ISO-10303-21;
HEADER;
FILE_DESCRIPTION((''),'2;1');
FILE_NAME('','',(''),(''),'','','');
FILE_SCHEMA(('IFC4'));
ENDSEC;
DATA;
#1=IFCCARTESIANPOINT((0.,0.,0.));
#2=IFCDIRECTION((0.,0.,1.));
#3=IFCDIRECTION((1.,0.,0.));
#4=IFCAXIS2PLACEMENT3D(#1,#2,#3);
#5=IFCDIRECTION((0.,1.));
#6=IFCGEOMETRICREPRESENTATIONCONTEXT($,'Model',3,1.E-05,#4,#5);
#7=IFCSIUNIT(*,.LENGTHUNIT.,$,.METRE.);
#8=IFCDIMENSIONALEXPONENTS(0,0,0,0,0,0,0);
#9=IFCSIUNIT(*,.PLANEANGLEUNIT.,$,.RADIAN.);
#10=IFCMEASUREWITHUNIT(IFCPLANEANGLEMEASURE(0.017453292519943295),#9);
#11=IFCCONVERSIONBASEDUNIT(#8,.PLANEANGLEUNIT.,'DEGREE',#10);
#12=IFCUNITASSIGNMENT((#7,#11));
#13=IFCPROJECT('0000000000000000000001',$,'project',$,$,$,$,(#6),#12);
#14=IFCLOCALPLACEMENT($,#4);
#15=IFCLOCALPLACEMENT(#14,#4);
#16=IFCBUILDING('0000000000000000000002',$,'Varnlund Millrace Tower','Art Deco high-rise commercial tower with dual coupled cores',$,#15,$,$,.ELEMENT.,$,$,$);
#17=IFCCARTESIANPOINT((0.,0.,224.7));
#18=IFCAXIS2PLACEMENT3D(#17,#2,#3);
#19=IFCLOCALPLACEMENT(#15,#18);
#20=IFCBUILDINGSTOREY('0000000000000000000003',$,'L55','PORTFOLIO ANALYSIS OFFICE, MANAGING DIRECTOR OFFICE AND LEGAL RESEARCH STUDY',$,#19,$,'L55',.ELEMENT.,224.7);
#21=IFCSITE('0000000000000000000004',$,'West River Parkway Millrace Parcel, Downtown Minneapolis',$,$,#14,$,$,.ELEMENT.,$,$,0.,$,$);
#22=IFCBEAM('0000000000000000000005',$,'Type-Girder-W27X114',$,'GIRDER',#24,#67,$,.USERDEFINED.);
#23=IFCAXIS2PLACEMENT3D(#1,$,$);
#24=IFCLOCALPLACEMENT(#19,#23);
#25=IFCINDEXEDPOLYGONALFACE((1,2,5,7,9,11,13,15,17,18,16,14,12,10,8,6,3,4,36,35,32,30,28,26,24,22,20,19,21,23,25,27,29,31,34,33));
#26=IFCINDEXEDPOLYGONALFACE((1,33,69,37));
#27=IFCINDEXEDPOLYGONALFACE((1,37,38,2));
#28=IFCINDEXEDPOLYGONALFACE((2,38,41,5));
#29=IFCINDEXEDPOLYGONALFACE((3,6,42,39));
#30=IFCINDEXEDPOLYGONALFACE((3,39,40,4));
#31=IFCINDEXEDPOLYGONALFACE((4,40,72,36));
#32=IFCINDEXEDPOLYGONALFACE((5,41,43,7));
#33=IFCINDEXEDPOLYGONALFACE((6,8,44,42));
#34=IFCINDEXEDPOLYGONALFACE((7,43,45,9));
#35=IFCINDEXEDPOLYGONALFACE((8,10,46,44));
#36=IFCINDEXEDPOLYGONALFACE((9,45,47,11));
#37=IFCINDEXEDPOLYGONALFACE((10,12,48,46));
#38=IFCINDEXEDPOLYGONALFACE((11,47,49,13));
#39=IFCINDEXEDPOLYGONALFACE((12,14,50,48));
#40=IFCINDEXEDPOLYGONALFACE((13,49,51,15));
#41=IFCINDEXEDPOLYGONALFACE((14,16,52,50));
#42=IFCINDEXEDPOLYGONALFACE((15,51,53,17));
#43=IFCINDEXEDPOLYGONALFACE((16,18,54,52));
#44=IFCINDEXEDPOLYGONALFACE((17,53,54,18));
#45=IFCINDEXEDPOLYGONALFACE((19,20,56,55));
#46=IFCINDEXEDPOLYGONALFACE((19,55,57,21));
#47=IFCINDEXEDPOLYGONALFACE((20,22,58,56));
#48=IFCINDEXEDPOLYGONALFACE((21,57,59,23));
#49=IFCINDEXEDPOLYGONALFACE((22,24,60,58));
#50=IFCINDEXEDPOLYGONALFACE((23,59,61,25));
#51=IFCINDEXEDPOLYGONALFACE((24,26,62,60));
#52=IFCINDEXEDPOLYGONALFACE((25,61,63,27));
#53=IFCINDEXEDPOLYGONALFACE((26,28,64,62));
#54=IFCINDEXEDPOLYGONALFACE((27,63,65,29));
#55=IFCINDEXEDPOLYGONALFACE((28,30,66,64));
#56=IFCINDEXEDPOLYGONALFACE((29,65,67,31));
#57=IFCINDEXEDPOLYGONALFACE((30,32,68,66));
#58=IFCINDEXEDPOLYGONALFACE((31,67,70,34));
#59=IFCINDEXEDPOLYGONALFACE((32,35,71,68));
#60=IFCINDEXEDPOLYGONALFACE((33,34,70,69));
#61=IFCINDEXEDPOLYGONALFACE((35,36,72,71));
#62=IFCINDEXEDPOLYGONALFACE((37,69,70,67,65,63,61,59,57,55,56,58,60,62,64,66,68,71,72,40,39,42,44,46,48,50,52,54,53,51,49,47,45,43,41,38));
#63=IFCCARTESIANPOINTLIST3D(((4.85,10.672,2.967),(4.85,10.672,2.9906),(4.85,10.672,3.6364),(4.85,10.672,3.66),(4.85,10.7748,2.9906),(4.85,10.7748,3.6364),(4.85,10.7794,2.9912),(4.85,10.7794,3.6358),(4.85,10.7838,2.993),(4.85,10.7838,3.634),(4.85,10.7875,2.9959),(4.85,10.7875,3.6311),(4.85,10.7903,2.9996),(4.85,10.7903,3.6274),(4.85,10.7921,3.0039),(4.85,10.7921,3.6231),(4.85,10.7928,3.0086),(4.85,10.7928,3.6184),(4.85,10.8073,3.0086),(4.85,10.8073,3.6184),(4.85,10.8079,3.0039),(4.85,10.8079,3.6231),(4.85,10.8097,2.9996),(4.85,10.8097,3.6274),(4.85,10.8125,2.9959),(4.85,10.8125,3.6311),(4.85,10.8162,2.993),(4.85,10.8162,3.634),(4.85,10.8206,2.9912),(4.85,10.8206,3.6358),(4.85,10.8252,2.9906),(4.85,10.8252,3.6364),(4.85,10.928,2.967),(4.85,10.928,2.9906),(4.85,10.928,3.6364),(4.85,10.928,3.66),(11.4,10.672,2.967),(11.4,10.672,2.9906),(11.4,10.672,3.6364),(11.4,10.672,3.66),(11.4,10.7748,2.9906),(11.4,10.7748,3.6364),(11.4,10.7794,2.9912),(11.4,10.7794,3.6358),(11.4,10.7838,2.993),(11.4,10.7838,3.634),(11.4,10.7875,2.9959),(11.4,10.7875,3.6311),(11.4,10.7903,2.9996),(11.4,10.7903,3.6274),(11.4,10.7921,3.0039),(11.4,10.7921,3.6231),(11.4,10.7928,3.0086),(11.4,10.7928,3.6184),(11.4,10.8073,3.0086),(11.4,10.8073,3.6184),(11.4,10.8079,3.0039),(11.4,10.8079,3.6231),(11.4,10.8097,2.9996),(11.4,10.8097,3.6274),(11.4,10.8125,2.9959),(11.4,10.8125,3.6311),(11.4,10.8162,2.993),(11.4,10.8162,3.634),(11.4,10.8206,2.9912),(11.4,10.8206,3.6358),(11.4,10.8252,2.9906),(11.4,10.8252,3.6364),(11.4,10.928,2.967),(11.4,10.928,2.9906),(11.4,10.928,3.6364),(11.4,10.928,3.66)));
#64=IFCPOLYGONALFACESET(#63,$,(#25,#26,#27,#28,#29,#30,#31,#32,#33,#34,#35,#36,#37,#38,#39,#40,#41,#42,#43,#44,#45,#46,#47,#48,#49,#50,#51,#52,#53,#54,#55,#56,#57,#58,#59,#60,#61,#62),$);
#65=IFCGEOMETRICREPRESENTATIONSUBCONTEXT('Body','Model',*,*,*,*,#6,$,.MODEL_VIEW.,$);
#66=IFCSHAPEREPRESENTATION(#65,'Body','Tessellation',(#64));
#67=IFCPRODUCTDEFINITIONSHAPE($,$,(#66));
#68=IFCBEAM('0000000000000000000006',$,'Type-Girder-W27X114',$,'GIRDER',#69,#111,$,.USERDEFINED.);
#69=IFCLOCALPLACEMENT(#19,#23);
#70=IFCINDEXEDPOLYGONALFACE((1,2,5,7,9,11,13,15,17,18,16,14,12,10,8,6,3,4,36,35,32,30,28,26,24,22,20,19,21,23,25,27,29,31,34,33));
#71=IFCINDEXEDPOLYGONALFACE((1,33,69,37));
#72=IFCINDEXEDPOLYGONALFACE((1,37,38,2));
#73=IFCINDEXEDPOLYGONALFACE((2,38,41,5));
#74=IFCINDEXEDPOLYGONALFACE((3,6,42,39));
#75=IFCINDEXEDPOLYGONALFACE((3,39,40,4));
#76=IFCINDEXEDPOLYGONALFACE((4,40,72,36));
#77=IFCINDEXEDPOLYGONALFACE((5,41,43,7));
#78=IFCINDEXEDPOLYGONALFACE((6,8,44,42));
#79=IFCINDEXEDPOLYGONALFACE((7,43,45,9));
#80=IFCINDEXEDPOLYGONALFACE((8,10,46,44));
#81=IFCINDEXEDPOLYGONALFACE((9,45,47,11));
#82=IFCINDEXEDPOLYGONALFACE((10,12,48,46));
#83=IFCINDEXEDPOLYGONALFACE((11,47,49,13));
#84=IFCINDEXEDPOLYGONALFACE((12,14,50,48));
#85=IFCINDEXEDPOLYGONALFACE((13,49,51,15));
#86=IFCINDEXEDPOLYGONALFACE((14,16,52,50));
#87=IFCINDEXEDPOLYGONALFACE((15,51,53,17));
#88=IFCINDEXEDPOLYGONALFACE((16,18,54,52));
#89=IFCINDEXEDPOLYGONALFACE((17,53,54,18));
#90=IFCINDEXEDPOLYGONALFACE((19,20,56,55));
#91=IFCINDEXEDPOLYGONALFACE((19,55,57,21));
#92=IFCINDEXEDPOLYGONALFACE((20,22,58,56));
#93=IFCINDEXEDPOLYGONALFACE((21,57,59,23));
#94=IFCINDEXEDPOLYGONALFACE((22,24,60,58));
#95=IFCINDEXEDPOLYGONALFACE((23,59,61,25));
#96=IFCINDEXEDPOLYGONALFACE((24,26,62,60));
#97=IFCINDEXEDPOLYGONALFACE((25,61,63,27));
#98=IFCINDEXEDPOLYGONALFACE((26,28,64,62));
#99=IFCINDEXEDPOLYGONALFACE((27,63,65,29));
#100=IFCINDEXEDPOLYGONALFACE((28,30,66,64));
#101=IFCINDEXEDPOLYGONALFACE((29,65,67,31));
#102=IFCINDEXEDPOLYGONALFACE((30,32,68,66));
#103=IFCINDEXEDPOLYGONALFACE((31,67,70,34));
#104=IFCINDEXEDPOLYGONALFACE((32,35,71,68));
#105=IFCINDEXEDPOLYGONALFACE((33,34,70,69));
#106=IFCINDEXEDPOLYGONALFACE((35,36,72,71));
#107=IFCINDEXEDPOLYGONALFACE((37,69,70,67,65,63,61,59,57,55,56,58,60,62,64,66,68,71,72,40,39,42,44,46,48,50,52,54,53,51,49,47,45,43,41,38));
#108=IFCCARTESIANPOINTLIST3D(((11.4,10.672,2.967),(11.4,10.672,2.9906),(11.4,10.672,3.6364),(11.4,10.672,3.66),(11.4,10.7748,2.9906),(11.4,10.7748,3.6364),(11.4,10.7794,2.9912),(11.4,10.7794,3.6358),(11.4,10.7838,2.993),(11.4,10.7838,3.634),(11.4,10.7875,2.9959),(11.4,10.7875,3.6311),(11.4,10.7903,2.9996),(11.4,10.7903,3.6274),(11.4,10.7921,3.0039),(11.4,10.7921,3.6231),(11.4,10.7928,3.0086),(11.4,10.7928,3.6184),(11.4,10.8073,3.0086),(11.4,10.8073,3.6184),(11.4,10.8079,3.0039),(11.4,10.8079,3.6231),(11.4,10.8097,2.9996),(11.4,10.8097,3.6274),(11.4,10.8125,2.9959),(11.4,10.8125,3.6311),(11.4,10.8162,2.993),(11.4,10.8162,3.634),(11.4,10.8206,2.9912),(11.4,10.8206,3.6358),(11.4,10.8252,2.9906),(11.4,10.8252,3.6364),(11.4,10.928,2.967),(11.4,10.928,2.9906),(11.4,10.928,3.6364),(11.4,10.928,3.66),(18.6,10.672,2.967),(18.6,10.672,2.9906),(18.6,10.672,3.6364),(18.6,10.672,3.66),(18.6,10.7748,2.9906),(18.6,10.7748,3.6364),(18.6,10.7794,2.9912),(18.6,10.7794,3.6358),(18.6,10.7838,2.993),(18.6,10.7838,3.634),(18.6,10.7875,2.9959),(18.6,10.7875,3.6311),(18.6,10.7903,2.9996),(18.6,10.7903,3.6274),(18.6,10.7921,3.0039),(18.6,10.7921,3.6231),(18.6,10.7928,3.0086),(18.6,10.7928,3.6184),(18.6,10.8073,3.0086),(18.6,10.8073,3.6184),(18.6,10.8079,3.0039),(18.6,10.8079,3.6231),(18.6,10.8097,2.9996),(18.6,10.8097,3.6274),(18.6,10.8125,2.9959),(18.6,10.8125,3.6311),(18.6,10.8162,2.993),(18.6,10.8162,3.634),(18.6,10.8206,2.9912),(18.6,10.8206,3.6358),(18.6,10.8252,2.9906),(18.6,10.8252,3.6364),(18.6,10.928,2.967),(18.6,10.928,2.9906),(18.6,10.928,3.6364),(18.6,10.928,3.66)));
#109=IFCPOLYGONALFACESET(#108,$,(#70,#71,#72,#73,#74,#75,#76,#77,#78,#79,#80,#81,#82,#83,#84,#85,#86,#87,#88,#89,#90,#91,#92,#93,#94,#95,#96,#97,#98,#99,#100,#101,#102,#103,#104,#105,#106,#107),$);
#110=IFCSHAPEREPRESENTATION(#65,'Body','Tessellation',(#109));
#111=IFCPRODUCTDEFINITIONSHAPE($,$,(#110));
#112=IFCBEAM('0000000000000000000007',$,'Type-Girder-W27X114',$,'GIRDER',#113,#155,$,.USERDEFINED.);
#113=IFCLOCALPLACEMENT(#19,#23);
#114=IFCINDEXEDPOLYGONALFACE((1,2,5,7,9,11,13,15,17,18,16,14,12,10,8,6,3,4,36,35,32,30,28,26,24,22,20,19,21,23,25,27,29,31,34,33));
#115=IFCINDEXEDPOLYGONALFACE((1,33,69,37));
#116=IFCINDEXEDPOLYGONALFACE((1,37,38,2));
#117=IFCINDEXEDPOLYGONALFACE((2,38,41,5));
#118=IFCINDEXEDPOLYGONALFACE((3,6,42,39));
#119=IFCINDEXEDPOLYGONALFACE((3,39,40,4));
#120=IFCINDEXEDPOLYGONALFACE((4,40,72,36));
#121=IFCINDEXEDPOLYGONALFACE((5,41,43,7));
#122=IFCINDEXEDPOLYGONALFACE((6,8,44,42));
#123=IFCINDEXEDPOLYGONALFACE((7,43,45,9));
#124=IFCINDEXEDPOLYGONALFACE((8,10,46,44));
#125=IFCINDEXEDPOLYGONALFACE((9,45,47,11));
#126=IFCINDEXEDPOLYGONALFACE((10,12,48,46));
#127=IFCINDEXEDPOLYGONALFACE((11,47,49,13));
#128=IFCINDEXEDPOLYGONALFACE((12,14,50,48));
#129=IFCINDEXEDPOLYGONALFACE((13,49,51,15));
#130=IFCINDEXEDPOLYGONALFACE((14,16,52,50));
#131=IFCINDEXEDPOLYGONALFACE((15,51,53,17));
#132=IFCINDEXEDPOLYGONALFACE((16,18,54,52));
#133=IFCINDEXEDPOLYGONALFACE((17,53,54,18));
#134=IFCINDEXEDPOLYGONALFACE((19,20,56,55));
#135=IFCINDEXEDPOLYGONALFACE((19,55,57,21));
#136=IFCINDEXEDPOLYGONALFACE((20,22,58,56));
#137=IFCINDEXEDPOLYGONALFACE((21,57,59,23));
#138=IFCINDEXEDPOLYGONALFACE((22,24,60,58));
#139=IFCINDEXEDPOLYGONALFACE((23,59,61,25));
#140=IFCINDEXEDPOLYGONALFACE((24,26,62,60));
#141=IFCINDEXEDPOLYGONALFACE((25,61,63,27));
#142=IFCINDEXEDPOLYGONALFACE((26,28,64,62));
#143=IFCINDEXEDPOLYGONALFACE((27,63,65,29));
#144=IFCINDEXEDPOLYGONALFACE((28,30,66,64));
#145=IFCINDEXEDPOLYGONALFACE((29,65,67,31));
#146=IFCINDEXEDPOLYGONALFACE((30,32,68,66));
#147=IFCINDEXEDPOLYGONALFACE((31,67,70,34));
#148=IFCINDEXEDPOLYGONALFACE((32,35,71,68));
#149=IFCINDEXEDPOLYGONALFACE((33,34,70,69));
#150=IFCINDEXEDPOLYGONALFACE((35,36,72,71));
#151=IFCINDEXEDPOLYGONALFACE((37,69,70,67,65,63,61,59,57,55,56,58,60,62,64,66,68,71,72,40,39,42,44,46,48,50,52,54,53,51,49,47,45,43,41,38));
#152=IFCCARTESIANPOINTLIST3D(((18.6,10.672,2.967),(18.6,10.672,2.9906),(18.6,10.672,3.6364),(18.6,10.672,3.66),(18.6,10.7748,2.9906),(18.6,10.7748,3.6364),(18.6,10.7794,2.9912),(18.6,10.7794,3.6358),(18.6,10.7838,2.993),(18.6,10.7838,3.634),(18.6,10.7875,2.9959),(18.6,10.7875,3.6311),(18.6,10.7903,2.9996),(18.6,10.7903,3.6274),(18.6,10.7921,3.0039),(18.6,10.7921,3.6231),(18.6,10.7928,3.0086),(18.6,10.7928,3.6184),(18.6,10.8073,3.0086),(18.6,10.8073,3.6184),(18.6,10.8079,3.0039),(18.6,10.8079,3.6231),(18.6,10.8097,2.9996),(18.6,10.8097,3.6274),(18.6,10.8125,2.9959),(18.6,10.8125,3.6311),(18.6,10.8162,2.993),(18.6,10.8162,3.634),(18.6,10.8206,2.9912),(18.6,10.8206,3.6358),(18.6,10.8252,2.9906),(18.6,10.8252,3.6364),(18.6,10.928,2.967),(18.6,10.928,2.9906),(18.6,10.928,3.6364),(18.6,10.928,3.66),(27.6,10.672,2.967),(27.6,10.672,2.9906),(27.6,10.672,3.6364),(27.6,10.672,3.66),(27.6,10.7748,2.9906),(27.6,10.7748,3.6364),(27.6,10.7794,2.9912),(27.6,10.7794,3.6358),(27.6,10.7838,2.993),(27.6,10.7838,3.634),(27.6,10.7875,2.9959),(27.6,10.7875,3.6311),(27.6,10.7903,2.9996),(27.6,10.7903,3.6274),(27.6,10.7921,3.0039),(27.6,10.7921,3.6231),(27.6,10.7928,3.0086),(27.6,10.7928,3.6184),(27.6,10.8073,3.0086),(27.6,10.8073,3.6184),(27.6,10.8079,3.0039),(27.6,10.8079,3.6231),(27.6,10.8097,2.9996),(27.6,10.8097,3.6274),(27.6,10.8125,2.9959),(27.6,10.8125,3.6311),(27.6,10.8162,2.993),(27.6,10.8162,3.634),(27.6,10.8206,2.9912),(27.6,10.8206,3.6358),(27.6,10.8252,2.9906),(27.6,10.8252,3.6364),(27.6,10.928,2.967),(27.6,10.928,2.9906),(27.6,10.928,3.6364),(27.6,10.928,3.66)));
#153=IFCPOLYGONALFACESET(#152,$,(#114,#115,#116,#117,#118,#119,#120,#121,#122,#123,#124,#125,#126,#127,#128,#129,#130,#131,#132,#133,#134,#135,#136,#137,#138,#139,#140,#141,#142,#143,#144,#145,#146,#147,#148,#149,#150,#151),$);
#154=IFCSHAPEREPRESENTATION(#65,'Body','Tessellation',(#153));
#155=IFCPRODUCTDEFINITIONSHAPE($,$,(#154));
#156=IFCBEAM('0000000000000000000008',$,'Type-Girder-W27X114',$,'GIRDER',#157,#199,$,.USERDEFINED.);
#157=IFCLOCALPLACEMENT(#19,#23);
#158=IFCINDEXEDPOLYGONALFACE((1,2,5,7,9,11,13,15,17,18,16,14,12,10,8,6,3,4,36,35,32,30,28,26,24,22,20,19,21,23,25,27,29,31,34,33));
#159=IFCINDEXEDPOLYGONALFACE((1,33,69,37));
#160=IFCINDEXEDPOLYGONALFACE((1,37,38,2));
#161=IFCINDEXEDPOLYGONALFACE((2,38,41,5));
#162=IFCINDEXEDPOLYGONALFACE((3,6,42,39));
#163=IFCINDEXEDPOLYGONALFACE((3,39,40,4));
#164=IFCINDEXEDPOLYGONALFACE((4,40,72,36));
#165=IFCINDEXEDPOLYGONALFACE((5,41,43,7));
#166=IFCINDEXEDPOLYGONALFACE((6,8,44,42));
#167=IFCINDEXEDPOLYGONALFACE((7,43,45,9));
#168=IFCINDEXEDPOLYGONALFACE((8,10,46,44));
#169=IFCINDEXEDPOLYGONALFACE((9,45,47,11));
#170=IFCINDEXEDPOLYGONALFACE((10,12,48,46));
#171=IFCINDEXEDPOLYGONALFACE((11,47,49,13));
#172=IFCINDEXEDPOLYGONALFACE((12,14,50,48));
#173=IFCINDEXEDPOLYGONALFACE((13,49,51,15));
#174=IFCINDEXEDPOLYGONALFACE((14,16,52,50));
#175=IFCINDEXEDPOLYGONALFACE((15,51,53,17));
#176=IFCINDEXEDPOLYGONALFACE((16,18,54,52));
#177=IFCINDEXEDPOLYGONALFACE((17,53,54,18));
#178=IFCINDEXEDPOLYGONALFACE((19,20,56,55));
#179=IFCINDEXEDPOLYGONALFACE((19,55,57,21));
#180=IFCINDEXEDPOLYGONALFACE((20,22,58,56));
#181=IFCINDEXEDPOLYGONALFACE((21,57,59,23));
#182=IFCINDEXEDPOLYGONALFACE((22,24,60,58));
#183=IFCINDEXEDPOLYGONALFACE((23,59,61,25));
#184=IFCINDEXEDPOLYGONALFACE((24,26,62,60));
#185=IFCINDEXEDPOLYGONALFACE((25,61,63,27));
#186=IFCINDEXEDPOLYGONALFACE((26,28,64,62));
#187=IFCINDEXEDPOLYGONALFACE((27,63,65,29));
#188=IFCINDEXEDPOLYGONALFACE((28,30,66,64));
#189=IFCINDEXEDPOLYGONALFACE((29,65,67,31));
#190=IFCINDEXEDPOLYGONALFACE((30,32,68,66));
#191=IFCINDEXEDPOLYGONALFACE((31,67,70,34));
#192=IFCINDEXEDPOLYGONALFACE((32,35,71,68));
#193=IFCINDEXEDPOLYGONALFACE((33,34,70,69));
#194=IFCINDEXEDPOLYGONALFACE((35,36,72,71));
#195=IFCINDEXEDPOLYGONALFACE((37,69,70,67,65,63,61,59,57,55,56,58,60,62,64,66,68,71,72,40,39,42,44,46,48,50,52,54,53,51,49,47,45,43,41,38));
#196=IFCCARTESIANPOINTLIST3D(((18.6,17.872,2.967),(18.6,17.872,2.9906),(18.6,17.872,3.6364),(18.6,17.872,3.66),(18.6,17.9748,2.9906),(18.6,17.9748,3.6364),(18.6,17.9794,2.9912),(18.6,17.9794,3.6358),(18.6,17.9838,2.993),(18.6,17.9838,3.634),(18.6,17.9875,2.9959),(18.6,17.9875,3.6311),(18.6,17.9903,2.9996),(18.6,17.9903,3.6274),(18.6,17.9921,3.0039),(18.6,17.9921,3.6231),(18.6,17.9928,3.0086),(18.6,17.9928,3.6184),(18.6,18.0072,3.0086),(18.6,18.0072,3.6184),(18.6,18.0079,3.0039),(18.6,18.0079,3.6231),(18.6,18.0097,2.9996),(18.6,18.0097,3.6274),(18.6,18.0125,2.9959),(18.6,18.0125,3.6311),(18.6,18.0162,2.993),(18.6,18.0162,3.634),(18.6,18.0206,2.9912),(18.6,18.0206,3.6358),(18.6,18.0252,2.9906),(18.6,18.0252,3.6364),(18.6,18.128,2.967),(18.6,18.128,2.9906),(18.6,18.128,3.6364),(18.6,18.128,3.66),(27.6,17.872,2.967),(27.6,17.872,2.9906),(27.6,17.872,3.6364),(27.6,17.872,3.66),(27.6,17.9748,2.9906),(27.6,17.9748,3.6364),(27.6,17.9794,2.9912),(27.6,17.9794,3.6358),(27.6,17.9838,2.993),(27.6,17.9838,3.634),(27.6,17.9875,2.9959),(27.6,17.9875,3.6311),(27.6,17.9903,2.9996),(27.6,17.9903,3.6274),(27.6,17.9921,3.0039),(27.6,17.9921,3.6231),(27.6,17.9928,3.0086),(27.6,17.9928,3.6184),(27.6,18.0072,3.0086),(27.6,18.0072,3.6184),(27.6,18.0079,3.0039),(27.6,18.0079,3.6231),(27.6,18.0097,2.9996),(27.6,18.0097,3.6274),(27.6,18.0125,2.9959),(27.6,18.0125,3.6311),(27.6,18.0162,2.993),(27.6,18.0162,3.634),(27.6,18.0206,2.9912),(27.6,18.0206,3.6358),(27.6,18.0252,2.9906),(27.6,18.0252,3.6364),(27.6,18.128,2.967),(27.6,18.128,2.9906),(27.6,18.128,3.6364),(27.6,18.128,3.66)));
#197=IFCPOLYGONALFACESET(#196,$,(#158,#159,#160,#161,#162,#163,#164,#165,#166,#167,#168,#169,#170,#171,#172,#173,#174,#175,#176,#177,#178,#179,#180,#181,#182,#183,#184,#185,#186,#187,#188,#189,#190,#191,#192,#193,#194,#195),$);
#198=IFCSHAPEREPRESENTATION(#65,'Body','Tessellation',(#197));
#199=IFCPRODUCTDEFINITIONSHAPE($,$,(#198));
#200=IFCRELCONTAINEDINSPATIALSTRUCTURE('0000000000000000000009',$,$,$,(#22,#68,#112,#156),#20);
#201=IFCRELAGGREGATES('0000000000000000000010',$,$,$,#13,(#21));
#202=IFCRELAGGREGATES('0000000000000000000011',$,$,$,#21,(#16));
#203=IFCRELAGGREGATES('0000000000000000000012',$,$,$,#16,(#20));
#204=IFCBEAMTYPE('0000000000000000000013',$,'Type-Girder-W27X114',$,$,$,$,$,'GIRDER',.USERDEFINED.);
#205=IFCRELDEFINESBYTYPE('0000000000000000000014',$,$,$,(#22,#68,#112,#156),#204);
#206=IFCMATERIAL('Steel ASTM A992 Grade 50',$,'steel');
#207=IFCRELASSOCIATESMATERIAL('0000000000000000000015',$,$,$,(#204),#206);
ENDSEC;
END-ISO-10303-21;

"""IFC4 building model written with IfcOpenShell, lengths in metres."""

from ifc_helpers import new_model, entity, si_unit, converted_unit, direction, frame, origin_with_axes, origin_2d_with_axis, place, context, subcontext, project, spatial, i_section, extrude, material, material_profile, profile_set, type_object, element, save


model = new_model("IFC4")

# Units and contexts
model_context = context("Model", 3, precision=1e-05, world=origin_with_axes(), true_north=direction((0.0, 1.0)))
body_context = subcontext(model_context, "Body", "Model", "MODEL_VIEW")
ifc_project = project(units=[si_unit("LENGTHUNIT", "METRE"), converted_unit("PLANEANGLEUNIT", "DEGREE", entity("IfcPlaneAngleMeasure", 0.017453292519943295), si_unit("PLANEANGLEUNIT", "RADIAN"), dimensions=[0, 0, 0, 0, 0, 0, 0])], contexts=[model_context])

# Site, building, storey
site_placement = place(None, origin_with_axes())
site = spatial("IfcSite", under=ifc_project, at=site_placement, Name="West River Parkway Millrace Parcel, Downtown Minneapolis", CompositionType="ELEMENT", RefElevation=0.0)
building_placement = place(site_placement, origin_with_axes())
building = spatial("IfcBuilding", under=site, at=building_placement, Name="Varnlund Millrace Tower", Description="Art Deco high-rise commercial tower with dual coupled cores", CompositionType="ELEMENT")
storey_placement = place(building_placement, frame((0.0, 0.0, 224.7), z_axis=(0.0, 0.0, 1.0), x_axis=(1.0, 0.0, 0.0)))
storey = spatial("IfcBuildingStorey", under=building, at=storey_placement, Name="L55", Description="PORTFOLIO ANALYSIS OFFICE, MANAGING DIRECTOR OFFICE AND LEGAL RESEARCH STUDY", LongName="L55", CompositionType="ELEMENT", Elevation=224.7)

# Beams
ifc_material_1 = material(Name="Steel ASTM A992 Grade 50", Category="steel")
ifc_material_profile_1 = material_profile(ifc_material_1, i_section(OverallWidth=0.256, OverallDepth=0.693, WebThickness=0.0145, FlangeThickness=0.0236, FilletRadius=0.018, at=origin_2d_with_axis()), Name="Steel ASTM A992 Grade 50")
ifc_profile_set_1 = profile_set([ifc_material_profile_1], Name="Steel ASTM A992 Grade 50")
beam_type_1 = type_object("IfcBeamType", Name="Type-Girder-W27X114", ElementType="GIRDER", PredefinedType="USERDEFINED", material=ifc_profile_set_1)
beam_1_placement = place(storey_placement, frame((4.85, 10.8, 3.3135), z_axis=(1.0, 0.0, 0.0), x_axis=(0.0, 1.0, 0.0)))
element("IfcBeam", 1, at=beam_1_placement, inside=storey, type_object=beam_type_1, Name="Type-Girder-W27X114", ObjectType="GIRDER", PredefinedType="USERDEFINED", context=body_context, shape_type="SweptSolid", body=[
    extrude(i_section(OverallWidth=0.256, OverallDepth=0.693, WebThickness=0.0145, FlangeThickness=0.0236, FilletRadius=0.018, at=origin_2d_with_axis()), origin_with_axes(), (0.0, 0.0, 1.0), 6.55),
])
beam_2_placement = place(storey_placement, frame((11.4, 10.8, 3.3135), z_axis=(1.0, 0.0, 0.0), x_axis=(0.0, 1.0, 0.0)))
element("IfcBeam", 2, at=beam_2_placement, inside=storey, type_object=beam_type_1, Name="Type-Girder-W27X114", ObjectType="GIRDER", PredefinedType="USERDEFINED", context=body_context, shape_type="SweptSolid", body=[
    extrude(i_section(OverallWidth=0.256, OverallDepth=0.693, WebThickness=0.0145, FlangeThickness=0.0236, FilletRadius=0.018, at=origin_2d_with_axis()), origin_with_axes(), (0.0, 0.0, 1.0), 7.2),
])
for number, where, z_axis, x_axis, name in (
    (3, (18.6, 10.8, 3.3135), (1.0, 0.0, 0.0), (0.0, 1.0, 0.0), "Type-Girder-W27X114"),
    (4, (18.6, 18.0, 3.3135), (1.0, 0.0, 0.0), (0.0, 1.0, 0.0), "Type-Girder-W27X114"),
):
    element("IfcBeam", number, at=place(storey_placement, frame(where, z_axis=z_axis, x_axis=x_axis)), inside=storey, type_object=beam_type_1, Name=name, ObjectType="GIRDER", PredefinedType="USERDEFINED", context=body_context, shape_type="SweptSolid", body=[
        extrude(i_section(OverallWidth=0.256, OverallDepth=0.693, WebThickness=0.0145, FlangeThickness=0.0236, FilletRadius=0.018, at=origin_2d_with_axis()), origin_with_axes(), (0.0, 0.0, 1.0), 9.0),
    ])

save(model, "model.ifc")
